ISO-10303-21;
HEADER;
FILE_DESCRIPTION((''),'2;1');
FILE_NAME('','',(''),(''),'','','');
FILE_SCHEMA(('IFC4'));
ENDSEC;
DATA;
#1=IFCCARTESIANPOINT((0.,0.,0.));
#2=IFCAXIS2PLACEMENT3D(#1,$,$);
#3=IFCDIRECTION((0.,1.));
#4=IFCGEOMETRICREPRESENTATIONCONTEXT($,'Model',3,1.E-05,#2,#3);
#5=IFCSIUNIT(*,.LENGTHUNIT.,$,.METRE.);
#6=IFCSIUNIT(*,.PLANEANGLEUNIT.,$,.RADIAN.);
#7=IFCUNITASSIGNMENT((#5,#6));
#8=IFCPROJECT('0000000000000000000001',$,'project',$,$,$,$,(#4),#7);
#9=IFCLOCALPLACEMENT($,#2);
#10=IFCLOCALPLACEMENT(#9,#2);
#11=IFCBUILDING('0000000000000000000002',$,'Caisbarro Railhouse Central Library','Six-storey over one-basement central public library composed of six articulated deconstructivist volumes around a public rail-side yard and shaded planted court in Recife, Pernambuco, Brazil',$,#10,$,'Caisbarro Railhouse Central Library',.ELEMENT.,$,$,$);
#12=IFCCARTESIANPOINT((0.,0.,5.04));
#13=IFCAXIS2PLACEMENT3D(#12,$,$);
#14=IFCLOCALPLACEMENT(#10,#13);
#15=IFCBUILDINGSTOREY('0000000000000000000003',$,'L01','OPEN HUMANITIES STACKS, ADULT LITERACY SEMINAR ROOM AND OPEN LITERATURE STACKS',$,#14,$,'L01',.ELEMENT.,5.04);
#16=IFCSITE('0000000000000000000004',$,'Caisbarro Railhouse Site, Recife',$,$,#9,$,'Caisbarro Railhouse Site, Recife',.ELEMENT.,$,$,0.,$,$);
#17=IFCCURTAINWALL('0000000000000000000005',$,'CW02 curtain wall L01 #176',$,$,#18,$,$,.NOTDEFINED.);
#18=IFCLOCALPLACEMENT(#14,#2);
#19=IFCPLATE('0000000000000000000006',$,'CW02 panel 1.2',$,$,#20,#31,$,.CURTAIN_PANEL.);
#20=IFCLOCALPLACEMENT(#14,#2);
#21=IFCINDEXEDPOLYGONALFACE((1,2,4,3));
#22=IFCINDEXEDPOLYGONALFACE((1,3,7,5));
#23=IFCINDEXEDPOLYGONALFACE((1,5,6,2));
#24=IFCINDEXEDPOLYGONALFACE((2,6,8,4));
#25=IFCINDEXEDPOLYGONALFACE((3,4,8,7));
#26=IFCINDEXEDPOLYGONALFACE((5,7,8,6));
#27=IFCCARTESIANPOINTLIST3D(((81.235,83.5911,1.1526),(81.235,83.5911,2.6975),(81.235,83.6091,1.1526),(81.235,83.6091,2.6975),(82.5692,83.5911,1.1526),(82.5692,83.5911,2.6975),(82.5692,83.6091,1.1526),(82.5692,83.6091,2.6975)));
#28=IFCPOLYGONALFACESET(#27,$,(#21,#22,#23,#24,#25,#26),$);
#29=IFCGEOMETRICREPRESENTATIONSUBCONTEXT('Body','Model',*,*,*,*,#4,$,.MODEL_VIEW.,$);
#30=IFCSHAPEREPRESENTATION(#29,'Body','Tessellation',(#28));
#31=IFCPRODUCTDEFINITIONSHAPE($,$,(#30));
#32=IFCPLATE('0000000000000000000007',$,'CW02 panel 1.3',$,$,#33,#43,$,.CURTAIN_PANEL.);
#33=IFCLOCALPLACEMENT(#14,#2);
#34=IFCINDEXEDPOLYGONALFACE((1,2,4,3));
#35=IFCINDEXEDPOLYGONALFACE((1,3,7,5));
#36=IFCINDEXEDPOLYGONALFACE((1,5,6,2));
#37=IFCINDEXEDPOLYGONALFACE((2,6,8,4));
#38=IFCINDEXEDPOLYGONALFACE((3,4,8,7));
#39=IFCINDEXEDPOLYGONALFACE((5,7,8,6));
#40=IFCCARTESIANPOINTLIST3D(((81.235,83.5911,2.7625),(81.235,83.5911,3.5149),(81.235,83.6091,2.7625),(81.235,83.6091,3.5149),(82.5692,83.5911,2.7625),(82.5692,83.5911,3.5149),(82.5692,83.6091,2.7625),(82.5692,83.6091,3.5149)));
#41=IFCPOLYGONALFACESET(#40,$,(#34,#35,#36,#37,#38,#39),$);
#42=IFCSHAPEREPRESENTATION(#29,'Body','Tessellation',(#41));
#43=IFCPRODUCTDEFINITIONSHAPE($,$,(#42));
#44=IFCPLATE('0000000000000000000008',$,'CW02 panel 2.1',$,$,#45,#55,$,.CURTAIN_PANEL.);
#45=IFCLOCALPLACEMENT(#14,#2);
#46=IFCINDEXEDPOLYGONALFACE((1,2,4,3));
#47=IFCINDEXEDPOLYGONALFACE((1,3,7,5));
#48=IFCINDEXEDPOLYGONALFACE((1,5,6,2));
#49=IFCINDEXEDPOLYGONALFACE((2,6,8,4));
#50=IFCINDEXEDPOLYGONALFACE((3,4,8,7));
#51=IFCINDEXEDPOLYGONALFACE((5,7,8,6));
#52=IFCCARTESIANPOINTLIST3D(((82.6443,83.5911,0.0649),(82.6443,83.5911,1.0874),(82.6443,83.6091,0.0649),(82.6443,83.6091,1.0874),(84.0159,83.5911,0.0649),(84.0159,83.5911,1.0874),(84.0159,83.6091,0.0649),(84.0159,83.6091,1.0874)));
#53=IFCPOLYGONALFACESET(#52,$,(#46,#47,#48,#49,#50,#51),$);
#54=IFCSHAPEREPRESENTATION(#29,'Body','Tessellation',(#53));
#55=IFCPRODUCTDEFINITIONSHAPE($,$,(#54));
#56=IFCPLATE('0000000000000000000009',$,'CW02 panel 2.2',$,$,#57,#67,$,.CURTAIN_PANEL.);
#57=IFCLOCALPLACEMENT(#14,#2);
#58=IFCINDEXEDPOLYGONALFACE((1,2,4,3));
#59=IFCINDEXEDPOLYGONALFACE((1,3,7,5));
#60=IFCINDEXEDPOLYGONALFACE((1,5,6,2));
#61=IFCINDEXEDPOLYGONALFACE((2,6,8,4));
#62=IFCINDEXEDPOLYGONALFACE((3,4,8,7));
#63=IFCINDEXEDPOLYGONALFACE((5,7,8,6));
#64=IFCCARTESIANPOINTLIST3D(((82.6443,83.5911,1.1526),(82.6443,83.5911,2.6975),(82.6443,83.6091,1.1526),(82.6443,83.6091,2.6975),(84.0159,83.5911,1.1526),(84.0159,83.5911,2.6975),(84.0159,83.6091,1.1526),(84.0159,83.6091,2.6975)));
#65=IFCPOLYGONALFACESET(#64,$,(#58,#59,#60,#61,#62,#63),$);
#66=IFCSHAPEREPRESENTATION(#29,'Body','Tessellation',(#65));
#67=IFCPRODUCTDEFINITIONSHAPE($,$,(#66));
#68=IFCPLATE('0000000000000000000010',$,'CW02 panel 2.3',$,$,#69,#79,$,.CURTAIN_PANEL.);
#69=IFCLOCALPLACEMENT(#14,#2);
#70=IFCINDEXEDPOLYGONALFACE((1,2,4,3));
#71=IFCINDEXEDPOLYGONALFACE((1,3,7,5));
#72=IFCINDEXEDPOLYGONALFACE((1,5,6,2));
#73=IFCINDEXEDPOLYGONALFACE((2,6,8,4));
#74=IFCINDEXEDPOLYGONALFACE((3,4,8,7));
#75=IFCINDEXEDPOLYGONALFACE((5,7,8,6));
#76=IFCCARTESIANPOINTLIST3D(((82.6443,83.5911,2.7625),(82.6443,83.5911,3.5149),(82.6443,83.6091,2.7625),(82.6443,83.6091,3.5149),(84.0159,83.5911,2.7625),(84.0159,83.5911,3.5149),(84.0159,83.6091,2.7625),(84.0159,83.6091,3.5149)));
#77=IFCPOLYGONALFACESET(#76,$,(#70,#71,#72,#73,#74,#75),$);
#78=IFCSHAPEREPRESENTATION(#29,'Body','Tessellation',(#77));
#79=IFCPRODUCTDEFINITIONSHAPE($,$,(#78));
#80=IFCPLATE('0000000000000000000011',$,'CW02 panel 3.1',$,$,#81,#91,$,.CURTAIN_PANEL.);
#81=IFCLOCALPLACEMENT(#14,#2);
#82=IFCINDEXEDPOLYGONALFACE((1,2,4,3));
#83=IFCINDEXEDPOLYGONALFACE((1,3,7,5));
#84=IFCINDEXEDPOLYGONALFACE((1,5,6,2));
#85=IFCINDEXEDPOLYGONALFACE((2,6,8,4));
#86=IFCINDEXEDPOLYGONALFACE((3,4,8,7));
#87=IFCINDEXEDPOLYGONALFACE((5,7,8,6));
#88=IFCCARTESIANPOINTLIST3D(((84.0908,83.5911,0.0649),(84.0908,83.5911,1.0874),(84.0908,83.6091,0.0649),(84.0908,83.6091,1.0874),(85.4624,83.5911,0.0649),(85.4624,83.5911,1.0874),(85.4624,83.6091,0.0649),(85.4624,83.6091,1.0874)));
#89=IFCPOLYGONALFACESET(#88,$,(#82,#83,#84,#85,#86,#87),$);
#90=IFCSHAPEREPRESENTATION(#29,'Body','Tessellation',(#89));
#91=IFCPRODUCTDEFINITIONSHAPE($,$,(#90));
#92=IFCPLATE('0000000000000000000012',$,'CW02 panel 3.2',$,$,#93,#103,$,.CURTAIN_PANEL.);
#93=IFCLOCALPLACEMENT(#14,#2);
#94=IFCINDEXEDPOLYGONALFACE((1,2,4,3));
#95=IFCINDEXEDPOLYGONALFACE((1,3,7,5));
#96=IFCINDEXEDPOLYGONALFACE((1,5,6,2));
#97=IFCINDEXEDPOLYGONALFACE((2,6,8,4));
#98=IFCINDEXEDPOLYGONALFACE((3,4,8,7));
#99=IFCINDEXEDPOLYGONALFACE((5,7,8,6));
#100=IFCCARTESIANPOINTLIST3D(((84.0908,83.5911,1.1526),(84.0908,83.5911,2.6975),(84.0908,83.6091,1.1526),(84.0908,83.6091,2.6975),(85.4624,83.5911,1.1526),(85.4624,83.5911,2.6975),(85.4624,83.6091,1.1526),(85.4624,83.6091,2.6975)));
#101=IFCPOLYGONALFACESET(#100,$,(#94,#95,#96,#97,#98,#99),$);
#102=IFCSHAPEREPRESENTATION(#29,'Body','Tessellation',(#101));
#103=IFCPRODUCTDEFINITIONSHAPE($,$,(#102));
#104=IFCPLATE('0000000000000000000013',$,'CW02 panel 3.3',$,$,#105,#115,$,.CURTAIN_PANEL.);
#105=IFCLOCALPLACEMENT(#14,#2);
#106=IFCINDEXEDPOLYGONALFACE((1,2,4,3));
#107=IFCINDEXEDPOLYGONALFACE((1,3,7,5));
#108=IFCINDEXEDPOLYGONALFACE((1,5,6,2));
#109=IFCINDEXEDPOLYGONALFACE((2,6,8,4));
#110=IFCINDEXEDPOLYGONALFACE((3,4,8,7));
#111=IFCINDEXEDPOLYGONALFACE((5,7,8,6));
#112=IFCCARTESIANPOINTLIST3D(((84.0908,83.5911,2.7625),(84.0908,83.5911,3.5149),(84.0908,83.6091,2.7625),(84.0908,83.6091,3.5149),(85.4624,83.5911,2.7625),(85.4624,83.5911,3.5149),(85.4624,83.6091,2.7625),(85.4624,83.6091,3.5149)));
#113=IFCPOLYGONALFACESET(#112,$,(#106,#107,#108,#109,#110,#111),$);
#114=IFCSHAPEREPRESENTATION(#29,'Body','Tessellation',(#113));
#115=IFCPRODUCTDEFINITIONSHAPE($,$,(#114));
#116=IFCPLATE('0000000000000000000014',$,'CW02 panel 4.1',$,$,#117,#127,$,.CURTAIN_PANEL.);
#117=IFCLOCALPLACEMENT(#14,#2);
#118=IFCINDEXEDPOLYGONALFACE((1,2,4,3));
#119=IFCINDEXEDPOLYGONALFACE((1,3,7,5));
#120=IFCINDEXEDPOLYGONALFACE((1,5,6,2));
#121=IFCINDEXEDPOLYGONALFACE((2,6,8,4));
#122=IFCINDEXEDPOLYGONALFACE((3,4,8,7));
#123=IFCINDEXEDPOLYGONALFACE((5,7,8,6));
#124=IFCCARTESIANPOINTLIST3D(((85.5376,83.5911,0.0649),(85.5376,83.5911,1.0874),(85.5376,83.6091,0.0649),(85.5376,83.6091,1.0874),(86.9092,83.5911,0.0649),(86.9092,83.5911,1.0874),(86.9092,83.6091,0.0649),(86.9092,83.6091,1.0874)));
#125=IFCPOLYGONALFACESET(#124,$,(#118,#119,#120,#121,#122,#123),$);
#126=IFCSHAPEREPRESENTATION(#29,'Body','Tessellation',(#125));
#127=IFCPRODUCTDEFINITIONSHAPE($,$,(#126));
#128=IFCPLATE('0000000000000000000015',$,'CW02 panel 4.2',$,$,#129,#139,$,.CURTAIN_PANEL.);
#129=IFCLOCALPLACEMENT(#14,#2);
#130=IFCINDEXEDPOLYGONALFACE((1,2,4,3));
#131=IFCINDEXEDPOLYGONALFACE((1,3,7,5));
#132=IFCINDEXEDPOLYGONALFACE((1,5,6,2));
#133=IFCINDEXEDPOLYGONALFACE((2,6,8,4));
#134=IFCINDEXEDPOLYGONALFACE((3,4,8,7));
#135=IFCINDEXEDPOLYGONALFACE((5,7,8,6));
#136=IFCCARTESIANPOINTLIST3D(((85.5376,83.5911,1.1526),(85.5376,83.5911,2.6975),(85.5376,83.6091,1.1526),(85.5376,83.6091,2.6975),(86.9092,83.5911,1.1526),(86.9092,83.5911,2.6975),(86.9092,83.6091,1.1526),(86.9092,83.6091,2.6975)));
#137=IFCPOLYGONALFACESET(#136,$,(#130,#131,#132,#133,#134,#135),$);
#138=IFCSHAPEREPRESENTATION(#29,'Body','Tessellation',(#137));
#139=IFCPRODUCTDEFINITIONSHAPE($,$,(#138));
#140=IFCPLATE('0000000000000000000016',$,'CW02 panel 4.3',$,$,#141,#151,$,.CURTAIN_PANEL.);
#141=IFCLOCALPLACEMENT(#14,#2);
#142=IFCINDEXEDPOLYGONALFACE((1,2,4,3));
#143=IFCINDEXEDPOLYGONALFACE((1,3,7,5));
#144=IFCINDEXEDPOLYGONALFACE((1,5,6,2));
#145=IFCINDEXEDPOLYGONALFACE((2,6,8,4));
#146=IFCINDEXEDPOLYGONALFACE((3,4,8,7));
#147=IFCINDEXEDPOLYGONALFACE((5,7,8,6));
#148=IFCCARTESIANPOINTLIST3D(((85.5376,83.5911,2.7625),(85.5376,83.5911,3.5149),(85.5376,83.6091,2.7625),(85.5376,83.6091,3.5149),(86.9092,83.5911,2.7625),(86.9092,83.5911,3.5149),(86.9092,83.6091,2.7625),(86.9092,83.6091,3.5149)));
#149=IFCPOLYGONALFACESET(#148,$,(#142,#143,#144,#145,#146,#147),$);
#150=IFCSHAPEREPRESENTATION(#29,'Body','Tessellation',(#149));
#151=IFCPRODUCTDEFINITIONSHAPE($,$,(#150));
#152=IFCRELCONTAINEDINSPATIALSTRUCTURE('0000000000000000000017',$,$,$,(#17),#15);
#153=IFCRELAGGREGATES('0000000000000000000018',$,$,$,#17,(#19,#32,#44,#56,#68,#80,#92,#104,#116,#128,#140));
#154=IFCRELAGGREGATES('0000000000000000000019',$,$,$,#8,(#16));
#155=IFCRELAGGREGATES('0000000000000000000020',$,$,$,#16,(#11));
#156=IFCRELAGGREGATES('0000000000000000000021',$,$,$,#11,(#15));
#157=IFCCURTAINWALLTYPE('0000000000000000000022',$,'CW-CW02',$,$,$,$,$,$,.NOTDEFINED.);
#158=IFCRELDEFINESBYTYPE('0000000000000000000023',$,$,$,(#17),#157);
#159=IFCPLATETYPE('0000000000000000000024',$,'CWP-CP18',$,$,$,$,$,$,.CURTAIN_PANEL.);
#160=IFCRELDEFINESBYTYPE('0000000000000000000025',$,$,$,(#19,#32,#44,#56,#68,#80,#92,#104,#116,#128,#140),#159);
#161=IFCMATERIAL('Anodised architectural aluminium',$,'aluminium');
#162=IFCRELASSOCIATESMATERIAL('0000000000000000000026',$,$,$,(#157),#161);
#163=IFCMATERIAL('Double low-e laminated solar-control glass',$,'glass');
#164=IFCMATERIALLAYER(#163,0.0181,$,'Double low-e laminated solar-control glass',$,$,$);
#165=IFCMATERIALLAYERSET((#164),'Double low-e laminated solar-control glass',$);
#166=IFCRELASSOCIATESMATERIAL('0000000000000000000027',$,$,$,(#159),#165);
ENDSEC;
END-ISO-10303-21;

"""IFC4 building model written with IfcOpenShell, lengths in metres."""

from ifc_helpers import new_model, si_unit, direction, frame, origin, origin_2d, place, context, subcontext, project, spatial, rectangle, extrude, material, layer, layer_set, type_object, element, aggregate, save


model = new_model("IFC4")

# Units and contexts
model_context = context("Model", 3, precision=1e-05, world=origin(), true_north=direction((0.0, 1.0)))
body_context = subcontext(model_context, "Body", "Model", "MODEL_VIEW")
ifc_project = project(units=[si_unit("LENGTHUNIT", "METRE"), si_unit("PLANEANGLEUNIT", "RADIAN")], contexts=[model_context])

# Site, building, storey
site_placement = place(None, origin())
site = spatial("IfcSite", under=ifc_project, at=site_placement, Name="Caisbarro Railhouse Site, Recife", LongName="Caisbarro Railhouse Site, Recife", CompositionType="ELEMENT", RefElevation=0.0)
building_placement = place(site_placement, origin())
building = spatial("IfcBuilding", under=site, at=building_placement, Name="Caisbarro Railhouse Central Library", Description="Six-storey over one-basement central public library composed of six articulated deconstructivist volumes around a public rail-side yard and shaded planted court in Recife, Pernambuco, Brazil", LongName="Caisbarro Railhouse Central Library", CompositionType="ELEMENT")
storey_placement = place(building_placement, frame((0.0, 0.0, 5.04)))
storey = spatial("IfcBuildingStorey", under=building, at=storey_placement, Name="L01", Description="OPEN HUMANITIES STACKS, ADULT LITERACY SEMINAR ROOM AND OPEN LITERATURE STACKS", LongName="L01", CompositionType="ELEMENT", Elevation=5.04)

# Curtain wall, plates
ifc_material_1 = material(Name="Anodised architectural aluminium", Category="aluminium")
curtain_wall_type = type_object("IfcCurtainWallType", Name="CW-CW02", PredefinedType="NOTDEFINED", material=ifc_material_1)
curtain_wall_placement = place(storey_placement, origin())
curtain_wall = element("IfcCurtainWall", 1, at=curtain_wall_placement, inside=storey, type_object=curtain_wall_type, Name="CW02 curtain wall L01 #176", PredefinedType="NOTDEFINED")
ifc_material_2 = material(Name="Double low-e laminated solar-control glass", Category="glass")
ifc_layer = layer(ifc_material_2, 0.0181, Name="Double low-e laminated solar-control glass")
ifc_layer_set = layer_set([ifc_layer], Name="Double low-e laminated solar-control glass")
plate_type = type_object("IfcPlateType", Name="CWP-CP18", PredefinedType="CURTAIN_PANEL", material=ifc_layer_set)
plate_1_placement = place(storey_placement, frame((81.9021, 83.6001, 1.1526), z_axis=(0.0, 0.0, 1.0), x_axis=(1.0, 0.0, 0.0)))
plate_1 = element("IfcPlate", 2, at=plate_1_placement, type_object=plate_type, Name="CW02 panel 1.2", PredefinedType="CURTAIN_PANEL", context=body_context, shape_type="SweptSolid", body=[
    extrude(rectangle(XDim=1.3342, YDim=0.0181, at=origin_2d()), origin(), (0.0, 0.0, 1.0), 1.5449),
])
plate_2_placement = place(storey_placement, frame((81.9021, 83.6001, 2.7625), z_axis=(0.0, 0.0, 1.0), x_axis=(1.0, 0.0, 0.0)))
plate_2 = element("IfcPlate", 3, at=plate_2_placement, type_object=plate_type, Name="CW02 panel 1.3", PredefinedType="CURTAIN_PANEL", context=body_context, shape_type="SweptSolid", body=[
    extrude(rectangle(XDim=1.3342, YDim=0.0181, at=origin_2d()), origin(), (0.0, 0.0, 1.0), 0.7524),
])
plate_3_placement = place(storey_placement, frame((83.3301, 83.6001, 0.0649), z_axis=(0.0, 0.0, 1.0), x_axis=(1.0, 0.0, 0.0)))
plate_3 = element("IfcPlate", 4, at=plate_3_placement, type_object=plate_type, Name="CW02 panel 2.1", PredefinedType="CURTAIN_PANEL", context=body_context, shape_type="SweptSolid", body=[
    extrude(rectangle(XDim=1.3716, YDim=0.0181, at=origin_2d()), origin(), (0.0, 0.0, 1.0), 1.0225),
])
plate_4_placement = place(storey_placement, frame((83.3301, 83.6001, 1.1526), z_axis=(0.0, 0.0, 1.0), x_axis=(1.0, 0.0, 0.0)))
plate_4 = element("IfcPlate", 5, at=plate_4_placement, type_object=plate_type, Name="CW02 panel 2.2", PredefinedType="CURTAIN_PANEL", context=body_context, shape_type="SweptSolid", body=[
    extrude(rectangle(XDim=1.3716, YDim=0.0181, at=origin_2d()), origin(), (0.0, 0.0, 1.0), 1.5449),
])
plate_5_placement = place(storey_placement, frame((83.3301, 83.6001, 2.7625), z_axis=(0.0, 0.0, 1.0), x_axis=(1.0, 0.0, 0.0)))
plate_5 = element("IfcPlate", 6, at=plate_5_placement, type_object=plate_type, Name="CW02 panel 2.3", PredefinedType="CURTAIN_PANEL", context=body_context, shape_type="SweptSolid", body=[
    extrude(rectangle(XDim=1.3716, YDim=0.0181, at=origin_2d()), origin(), (0.0, 0.0, 1.0), 0.7524),
])
plate_6_placement = place(storey_placement, frame((84.7766, 83.6001, 0.0649), z_axis=(0.0, 0.0, 1.0), x_axis=(1.0, 0.0, 0.0)))
plate_6 = element("IfcPlate", 7, at=plate_6_placement, type_object=plate_type, Name="CW02 panel 3.1", PredefinedType="CURTAIN_PANEL", context=body_context, shape_type="SweptSolid", body=[
    extrude(rectangle(XDim=1.3716, YDim=0.0181, at=origin_2d()), origin(), (0.0, 0.0, 1.0), 1.0225),
])
plate_7_placement = place(storey_placement, frame((84.7766, 83.6001, 1.1526), z_axis=(0.0, 0.0, 1.0), x_axis=(1.0, 0.0, 0.0)))
plate_7 = element("IfcPlate", 8, at=plate_7_placement, type_object=plate_type, Name="CW02 panel 3.2", PredefinedType="CURTAIN_PANEL", context=body_context, shape_type="SweptSolid", body=[
    extrude(rectangle(XDim=1.3716, YDim=0.0181, at=origin_2d()), origin(), (0.0, 0.0, 1.0), 1.5449),
])
plate_8_placement = place(storey_placement, frame((84.7766, 83.6001, 2.7625), z_axis=(0.0, 0.0, 1.0), x_axis=(1.0, 0.0, 0.0)))
plate_8 = element("IfcPlate", 9, at=plate_8_placement, type_object=plate_type, Name="CW02 panel 3.3", PredefinedType="CURTAIN_PANEL", context=body_context, shape_type="SweptSolid", body=[
    extrude(rectangle(XDim=1.3716, YDim=0.0181, at=origin_2d()), origin(), (0.0, 0.0, 1.0), 0.7524),
])
plate_9_placement = place(storey_placement, frame((86.2234, 83.6001, 0.0649), z_axis=(0.0, 0.0, 1.0), x_axis=(1.0, 0.0, 0.0)))
plate_9 = element("IfcPlate", 10, at=plate_9_placement, type_object=plate_type, Name="CW02 panel 4.1", PredefinedType="CURTAIN_PANEL", context=body_context, shape_type="SweptSolid", body=[
    extrude(rectangle(XDim=1.3716, YDim=0.0181, at=origin_2d()), origin(), (0.0, 0.0, 1.0), 1.0225),
])
plate_10_placement = place(storey_placement, frame((86.2234, 83.6001, 1.1526), z_axis=(0.0, 0.0, 1.0), x_axis=(1.0, 0.0, 0.0)))
plate_10 = element("IfcPlate", 11, at=plate_10_placement, type_object=plate_type, Name="CW02 panel 4.2", PredefinedType="CURTAIN_PANEL", context=body_context, shape_type="SweptSolid", body=[
    extrude(rectangle(XDim=1.3716, YDim=0.0181, at=origin_2d()), origin(), (0.0, 0.0, 1.0), 1.5449),
])
plate_11_placement = place(storey_placement, frame((86.2234, 83.6001, 2.7625), z_axis=(0.0, 0.0, 1.0), x_axis=(1.0, 0.0, 0.0)))
plate_11 = element("IfcPlate", 12, at=plate_11_placement, type_object=plate_type, Name="CW02 panel 4.3", PredefinedType="CURTAIN_PANEL", context=body_context, shape_type="SweptSolid", body=[
    extrude(rectangle(XDim=1.3716, YDim=0.0181, at=origin_2d()), origin(), (0.0, 0.0, 1.0), 0.7524),
])
aggregate(curtain_wall, [plate_1, plate_2, plate_3, plate_4, plate_5, plate_6, plate_7, plate_8, plate_9, plate_10, plate_11])

save(model, "model.ifc")
